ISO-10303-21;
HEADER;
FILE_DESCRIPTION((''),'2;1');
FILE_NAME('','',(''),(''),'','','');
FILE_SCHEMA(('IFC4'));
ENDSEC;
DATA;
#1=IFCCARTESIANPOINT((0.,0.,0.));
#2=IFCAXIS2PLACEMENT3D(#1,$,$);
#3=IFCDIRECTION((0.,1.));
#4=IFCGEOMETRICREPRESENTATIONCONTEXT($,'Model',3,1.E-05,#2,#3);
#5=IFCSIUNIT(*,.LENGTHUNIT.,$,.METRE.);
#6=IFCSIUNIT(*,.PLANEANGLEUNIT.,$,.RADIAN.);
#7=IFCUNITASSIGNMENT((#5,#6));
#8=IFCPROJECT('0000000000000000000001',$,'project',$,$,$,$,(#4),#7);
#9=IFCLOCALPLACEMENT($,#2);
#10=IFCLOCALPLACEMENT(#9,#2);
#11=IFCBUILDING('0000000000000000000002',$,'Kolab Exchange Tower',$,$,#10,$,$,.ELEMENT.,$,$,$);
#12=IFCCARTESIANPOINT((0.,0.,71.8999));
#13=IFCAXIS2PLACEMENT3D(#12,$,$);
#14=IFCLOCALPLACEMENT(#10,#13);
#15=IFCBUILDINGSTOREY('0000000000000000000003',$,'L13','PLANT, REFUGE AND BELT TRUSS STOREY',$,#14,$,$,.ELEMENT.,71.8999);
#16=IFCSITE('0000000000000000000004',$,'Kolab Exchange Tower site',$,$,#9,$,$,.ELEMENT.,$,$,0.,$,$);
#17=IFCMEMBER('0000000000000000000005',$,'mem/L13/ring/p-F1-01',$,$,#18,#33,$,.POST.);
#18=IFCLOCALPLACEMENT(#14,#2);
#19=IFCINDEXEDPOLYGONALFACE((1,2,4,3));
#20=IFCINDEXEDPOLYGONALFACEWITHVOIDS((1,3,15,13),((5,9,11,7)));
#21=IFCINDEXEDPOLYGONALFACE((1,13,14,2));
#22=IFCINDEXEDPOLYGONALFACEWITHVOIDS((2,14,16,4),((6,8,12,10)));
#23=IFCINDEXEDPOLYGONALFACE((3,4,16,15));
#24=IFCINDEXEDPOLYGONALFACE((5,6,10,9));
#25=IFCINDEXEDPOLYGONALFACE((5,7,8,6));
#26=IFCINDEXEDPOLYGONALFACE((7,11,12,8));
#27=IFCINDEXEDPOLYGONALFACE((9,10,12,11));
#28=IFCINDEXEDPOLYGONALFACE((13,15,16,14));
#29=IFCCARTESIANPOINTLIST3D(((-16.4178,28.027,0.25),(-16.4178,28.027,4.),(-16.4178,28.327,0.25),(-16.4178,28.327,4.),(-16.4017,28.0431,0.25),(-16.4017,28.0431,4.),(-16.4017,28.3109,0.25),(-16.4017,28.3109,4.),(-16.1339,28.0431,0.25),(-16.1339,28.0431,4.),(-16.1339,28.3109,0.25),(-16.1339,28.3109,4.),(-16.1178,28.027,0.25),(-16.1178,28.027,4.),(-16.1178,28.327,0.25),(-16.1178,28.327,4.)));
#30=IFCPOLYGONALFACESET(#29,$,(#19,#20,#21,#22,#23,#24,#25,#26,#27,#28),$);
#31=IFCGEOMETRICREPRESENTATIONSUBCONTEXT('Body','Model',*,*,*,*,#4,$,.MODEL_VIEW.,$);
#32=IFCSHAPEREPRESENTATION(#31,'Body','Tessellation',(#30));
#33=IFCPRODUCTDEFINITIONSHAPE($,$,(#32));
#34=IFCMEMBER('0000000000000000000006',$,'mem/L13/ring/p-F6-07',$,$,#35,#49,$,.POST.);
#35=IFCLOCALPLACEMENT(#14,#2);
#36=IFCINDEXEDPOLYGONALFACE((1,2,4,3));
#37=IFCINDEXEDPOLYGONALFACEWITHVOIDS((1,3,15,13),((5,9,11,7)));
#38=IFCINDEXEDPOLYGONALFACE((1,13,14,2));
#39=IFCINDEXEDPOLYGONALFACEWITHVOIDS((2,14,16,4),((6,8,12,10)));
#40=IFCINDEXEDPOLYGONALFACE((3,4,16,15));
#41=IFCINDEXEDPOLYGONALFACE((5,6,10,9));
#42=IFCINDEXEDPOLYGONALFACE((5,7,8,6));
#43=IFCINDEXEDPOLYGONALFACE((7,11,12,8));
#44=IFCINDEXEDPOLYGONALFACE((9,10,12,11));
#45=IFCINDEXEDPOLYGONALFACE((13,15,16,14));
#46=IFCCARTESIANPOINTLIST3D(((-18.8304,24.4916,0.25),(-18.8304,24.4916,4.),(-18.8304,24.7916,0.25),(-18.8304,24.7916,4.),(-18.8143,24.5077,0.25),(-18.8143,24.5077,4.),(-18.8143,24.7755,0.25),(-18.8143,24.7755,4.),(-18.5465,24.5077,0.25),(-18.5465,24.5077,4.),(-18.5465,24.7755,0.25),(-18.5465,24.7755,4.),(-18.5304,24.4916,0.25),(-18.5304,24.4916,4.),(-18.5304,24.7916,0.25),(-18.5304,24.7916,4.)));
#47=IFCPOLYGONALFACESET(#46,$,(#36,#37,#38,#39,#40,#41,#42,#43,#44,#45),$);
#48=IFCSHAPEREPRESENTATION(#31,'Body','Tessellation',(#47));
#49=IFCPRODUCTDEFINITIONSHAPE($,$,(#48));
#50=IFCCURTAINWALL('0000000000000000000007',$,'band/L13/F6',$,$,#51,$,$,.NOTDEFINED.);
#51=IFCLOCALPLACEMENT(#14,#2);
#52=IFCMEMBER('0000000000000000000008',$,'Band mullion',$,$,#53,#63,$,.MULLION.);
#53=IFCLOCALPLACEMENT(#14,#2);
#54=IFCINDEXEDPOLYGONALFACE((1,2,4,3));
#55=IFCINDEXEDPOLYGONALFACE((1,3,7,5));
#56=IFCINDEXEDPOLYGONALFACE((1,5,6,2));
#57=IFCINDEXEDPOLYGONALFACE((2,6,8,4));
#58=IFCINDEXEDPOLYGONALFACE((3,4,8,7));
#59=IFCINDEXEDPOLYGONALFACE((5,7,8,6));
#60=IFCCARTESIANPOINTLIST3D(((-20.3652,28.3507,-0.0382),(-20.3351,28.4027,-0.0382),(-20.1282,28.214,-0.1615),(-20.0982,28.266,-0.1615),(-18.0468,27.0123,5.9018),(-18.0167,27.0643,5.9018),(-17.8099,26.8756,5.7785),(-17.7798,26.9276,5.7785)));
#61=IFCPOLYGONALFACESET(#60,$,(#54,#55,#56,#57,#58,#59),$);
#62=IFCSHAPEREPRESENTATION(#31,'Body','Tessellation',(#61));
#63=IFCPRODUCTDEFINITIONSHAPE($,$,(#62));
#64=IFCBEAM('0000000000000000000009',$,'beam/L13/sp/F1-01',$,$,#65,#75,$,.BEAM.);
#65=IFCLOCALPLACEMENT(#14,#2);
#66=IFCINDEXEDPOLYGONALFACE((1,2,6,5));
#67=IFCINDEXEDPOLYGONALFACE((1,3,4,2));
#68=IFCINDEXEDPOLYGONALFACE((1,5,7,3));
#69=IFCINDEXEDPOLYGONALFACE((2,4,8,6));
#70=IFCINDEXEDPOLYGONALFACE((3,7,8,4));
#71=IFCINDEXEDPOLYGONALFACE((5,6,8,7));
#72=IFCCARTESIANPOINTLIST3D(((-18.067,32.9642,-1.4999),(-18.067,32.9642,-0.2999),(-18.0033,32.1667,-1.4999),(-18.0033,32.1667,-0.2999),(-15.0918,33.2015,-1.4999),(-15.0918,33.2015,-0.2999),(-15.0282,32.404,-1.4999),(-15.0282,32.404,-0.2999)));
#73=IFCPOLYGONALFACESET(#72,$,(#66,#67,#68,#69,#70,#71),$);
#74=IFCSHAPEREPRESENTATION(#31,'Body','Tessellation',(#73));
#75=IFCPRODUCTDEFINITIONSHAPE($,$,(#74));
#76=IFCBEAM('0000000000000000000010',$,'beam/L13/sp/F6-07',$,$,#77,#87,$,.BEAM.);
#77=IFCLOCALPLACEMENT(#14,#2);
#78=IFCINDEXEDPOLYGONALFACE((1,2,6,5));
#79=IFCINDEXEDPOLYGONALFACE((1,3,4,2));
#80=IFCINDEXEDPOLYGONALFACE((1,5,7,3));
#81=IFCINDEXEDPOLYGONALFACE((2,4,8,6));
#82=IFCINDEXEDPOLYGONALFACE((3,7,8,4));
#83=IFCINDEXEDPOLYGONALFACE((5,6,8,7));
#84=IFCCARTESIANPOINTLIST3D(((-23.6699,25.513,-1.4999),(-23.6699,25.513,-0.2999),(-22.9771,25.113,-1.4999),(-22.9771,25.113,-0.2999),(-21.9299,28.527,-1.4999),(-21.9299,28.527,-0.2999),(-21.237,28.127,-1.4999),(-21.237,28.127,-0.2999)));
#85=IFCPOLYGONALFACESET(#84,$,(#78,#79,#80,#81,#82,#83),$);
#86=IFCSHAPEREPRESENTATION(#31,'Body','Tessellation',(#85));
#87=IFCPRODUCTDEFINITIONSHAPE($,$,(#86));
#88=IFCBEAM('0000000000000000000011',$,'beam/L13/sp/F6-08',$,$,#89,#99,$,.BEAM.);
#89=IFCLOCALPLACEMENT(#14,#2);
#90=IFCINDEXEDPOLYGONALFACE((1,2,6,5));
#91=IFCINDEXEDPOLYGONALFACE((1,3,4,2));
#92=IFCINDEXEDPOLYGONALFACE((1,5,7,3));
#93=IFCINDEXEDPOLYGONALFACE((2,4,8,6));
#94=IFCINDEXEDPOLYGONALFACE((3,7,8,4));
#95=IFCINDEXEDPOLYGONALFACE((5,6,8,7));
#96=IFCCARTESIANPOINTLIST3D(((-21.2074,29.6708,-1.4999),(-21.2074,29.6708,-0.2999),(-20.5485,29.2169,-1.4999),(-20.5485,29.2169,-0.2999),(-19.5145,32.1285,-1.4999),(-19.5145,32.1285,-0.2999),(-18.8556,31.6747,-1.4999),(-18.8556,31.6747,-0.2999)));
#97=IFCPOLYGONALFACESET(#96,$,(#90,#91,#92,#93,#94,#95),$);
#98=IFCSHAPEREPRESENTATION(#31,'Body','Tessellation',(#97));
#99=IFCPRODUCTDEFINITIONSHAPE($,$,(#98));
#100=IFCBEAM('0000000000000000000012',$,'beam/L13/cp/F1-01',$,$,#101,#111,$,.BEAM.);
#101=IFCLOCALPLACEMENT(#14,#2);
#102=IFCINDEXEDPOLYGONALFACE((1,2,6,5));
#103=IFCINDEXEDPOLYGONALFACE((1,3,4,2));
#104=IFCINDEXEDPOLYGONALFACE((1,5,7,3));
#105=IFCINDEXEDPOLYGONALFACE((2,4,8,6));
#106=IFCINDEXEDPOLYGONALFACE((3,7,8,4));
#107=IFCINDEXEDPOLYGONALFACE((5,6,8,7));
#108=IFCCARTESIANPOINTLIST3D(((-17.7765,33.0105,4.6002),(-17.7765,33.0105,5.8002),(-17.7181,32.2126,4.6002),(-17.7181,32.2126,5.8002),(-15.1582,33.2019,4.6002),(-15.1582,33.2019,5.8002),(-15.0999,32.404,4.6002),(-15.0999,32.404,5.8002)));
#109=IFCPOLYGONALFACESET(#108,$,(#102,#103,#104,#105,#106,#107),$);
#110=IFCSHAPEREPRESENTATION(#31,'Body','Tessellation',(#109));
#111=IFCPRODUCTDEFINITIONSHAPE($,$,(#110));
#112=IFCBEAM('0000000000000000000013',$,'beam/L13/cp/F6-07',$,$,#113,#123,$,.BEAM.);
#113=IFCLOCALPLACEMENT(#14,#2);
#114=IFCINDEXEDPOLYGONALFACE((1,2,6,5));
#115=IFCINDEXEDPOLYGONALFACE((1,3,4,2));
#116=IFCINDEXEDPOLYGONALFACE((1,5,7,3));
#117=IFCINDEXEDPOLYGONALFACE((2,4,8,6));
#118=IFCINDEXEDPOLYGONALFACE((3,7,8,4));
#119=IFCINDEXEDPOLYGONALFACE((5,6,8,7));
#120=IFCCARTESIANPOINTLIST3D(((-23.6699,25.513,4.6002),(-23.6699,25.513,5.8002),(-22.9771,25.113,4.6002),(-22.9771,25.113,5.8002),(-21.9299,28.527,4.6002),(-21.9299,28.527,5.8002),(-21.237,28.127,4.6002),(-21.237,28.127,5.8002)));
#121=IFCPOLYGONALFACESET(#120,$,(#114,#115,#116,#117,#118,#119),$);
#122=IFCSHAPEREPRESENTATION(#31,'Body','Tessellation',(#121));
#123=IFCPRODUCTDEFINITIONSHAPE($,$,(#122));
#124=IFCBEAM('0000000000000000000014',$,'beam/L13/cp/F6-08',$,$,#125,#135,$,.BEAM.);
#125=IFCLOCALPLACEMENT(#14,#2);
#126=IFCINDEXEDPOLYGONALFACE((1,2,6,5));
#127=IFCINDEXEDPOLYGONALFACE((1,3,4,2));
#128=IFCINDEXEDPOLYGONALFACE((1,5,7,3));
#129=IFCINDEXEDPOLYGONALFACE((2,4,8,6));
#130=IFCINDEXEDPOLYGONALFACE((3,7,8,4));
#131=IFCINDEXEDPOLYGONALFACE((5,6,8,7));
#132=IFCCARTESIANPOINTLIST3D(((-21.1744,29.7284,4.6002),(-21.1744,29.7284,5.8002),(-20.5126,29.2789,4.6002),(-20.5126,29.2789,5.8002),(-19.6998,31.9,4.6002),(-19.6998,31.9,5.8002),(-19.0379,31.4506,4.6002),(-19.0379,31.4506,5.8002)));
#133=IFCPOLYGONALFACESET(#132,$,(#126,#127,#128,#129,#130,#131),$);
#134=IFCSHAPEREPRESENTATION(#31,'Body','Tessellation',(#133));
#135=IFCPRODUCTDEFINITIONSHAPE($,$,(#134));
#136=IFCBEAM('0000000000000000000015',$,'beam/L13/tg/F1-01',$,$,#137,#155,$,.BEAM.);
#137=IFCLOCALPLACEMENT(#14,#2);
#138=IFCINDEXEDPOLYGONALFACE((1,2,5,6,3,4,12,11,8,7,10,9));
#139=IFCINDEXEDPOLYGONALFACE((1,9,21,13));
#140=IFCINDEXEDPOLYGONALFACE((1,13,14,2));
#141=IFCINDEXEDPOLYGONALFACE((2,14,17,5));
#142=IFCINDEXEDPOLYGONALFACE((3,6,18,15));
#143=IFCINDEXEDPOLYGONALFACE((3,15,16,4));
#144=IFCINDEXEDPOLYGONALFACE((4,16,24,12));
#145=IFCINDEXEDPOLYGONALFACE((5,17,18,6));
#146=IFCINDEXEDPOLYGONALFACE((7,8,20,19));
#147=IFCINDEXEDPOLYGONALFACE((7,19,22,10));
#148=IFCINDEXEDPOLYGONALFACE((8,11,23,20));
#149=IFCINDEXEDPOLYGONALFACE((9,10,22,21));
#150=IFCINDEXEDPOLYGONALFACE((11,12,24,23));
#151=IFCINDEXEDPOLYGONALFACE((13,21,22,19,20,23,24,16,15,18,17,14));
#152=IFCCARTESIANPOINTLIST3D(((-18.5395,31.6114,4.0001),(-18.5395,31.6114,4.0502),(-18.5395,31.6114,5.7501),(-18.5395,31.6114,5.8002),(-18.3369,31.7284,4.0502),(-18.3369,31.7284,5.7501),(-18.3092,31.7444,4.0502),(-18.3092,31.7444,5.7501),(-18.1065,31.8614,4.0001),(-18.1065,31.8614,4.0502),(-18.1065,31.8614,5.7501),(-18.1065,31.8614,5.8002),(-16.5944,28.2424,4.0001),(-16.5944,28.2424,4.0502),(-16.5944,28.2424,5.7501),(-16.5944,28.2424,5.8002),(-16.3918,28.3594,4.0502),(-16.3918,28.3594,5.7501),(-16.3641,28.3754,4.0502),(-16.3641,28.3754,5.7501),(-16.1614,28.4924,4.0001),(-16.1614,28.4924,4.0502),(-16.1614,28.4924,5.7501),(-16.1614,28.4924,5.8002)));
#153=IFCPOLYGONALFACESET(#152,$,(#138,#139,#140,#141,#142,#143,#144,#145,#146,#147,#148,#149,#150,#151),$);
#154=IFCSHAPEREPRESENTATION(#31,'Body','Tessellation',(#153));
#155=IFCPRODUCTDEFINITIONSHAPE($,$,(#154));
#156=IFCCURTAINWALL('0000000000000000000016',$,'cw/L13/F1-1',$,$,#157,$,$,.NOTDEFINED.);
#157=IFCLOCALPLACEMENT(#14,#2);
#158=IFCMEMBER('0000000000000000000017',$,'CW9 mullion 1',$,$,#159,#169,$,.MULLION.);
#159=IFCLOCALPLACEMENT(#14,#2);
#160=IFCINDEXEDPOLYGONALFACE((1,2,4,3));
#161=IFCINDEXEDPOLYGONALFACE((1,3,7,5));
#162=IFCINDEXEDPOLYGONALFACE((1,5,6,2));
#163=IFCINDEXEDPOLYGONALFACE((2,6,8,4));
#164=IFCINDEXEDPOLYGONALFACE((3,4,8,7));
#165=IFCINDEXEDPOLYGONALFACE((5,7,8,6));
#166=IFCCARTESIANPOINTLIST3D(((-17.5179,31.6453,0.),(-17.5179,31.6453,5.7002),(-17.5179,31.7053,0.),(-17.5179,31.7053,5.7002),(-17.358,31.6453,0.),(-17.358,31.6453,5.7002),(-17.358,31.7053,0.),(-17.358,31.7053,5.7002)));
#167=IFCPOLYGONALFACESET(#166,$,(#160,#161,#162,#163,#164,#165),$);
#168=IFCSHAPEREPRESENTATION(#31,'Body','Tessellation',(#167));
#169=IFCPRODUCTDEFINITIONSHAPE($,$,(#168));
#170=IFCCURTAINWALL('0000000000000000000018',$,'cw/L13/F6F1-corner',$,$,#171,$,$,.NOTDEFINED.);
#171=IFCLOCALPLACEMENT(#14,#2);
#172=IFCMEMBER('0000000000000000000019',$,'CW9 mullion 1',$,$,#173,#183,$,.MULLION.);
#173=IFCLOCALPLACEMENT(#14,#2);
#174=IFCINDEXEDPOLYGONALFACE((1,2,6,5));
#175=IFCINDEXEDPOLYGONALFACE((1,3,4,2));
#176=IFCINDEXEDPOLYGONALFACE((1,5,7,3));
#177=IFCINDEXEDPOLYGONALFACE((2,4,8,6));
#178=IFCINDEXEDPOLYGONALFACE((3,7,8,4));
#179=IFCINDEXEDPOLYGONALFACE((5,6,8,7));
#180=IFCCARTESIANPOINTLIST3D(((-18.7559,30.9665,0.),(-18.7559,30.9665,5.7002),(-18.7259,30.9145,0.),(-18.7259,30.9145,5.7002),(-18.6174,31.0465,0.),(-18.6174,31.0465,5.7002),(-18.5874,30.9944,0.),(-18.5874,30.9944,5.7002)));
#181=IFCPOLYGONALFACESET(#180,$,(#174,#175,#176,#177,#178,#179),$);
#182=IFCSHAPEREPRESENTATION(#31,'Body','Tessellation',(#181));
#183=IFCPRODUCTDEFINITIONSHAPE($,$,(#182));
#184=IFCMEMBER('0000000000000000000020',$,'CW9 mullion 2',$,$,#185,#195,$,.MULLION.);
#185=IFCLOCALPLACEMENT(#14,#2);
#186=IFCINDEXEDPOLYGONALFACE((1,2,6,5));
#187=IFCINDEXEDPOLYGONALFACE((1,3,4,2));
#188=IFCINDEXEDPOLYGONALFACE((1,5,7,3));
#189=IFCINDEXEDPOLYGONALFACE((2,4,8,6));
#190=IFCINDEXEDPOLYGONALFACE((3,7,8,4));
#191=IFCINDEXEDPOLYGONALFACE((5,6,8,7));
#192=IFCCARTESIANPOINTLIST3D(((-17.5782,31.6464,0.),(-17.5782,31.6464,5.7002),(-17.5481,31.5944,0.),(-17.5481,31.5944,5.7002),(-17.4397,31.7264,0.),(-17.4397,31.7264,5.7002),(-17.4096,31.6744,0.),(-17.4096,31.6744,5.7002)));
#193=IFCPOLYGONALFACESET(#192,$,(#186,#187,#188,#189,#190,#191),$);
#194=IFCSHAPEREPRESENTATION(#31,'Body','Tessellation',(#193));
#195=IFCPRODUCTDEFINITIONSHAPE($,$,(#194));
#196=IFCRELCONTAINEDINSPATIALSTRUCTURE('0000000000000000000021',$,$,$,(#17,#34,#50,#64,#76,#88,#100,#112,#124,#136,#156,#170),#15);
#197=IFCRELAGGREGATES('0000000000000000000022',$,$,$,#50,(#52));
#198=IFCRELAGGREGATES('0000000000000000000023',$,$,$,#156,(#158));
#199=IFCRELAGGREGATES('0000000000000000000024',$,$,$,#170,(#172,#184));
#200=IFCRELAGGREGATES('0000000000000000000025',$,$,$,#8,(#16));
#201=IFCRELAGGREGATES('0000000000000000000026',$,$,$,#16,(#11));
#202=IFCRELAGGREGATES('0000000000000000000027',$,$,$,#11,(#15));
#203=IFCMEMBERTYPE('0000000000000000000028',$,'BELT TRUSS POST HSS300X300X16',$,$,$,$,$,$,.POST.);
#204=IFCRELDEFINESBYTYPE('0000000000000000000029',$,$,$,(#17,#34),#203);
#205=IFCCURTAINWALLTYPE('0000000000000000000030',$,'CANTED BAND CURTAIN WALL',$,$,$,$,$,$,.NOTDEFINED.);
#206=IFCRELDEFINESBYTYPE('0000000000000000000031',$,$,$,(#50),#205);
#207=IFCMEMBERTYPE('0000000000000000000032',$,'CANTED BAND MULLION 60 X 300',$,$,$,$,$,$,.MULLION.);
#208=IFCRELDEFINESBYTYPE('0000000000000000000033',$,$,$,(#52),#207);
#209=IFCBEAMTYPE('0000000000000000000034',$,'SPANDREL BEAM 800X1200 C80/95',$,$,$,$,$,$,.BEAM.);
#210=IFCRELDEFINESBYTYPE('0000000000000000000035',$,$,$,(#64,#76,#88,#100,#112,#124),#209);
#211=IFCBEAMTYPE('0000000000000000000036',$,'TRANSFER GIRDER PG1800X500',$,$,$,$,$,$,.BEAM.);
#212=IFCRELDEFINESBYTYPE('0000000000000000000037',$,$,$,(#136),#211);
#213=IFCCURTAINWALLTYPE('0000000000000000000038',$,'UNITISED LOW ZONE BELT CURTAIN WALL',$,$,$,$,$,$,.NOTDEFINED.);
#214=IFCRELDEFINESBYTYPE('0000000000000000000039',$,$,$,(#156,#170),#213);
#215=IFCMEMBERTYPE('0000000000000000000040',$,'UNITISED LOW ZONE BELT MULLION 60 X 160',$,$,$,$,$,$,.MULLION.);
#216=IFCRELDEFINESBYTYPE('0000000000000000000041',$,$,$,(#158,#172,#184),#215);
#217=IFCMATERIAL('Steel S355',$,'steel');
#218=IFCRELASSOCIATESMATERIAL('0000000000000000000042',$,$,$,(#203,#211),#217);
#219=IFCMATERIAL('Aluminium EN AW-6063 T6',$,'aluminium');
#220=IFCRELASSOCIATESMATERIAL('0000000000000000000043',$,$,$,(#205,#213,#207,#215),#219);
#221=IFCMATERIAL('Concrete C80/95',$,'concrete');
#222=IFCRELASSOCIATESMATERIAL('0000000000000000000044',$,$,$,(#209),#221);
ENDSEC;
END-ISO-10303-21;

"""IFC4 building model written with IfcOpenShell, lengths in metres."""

from ifc_helpers import new_model, si_unit, direction, frame, origin, origin_2d, place, context, subcontext, project, spatial, rectangle, hollow_rectangle, i_section, extrude, material, material_profile, profile_set, type_object, element, aggregate, save


model = new_model("IFC4")

# Units and contexts
model_context = context("Model", 3, precision=1e-05, world=origin(), true_north=direction((0.0, 1.0)))
body_context = subcontext(model_context, "Body", "Model", "MODEL_VIEW")
ifc_project = project(units=[si_unit("LENGTHUNIT", "METRE"), si_unit("PLANEANGLEUNIT", "RADIAN")], contexts=[model_context])

# Site, building, storey
site_placement = place(None, origin())
site = spatial("IfcSite", under=ifc_project, at=site_placement, Name="Kolab Exchange Tower site", CompositionType="ELEMENT", RefElevation=0.0)
building_placement = place(site_placement, origin())
building = spatial("IfcBuilding", under=site, at=building_placement, Name="Kolab Exchange Tower", CompositionType="ELEMENT")
storey_placement = place(building_placement, frame((0.0, 0.0, 71.8999)))
storey = spatial("IfcBuildingStorey", under=building, at=storey_placement, Name="L13", Description="PLANT, REFUGE AND BELT TRUSS STOREY", CompositionType="ELEMENT", Elevation=71.8999)

# Shared definitions
ifc_material_1 = material(Name="Concrete C80/95", Category="concrete")

# Shared definitions
ifc_material_2 = material(Name="Steel S355", Category="steel")

# Members
ifc_material_profile_1 = material_profile(ifc_material_2, hollow_rectangle(XDim=0.3, YDim=0.3, WallThickness=0.0161, at=origin_2d()), Name="HSS300X300X16")
ifc_profile_set_1 = profile_set([ifc_material_profile_1], Name="Steel S355")
member_type_1 = type_object("IfcMemberType", Name="BELT TRUSS POST HSS300X300X16", PredefinedType="POST", material=ifc_profile_set_1)
for number, where, z_axis, x_axis, name in (
    (1, (-16.2678, 28.177, 0.25), (0.0, 0.0, 1.0), (1.0, 0.0, 0.0), "mem/L13/ring/p-F1-01"),
    (2, (-18.6804, 24.6416, 0.25), (0.0, 0.0, 1.0), (1.0, 0.0, 0.0), "mem/L13/ring/p-F6-07"),
):
    element("IfcMember", number, at=place(storey_placement, frame(where, z_axis=z_axis, x_axis=x_axis)), inside=storey, type_object=member_type_1, Name=name, PredefinedType="POST", context=body_context, shape_type="SweptSolid", body=[
        extrude(hollow_rectangle(XDim=0.3, YDim=0.3, WallThickness=0.0161, at=origin_2d()), origin(), (0.0, 0.0, 1.0), 3.75),
    ])

# Curtain wall, member
ifc_material_3 = material(Name="Aluminium EN AW-6063 T6", Category="aluminium")
curtain_wall_type_1 = type_object("IfcCurtainWallType", Name="CANTED BAND CURTAIN WALL", PredefinedType="NOTDEFINED", material=ifc_material_3)
curtain_wall_1_placement = place(storey_placement, origin())
curtain_wall_1 = element("IfcCurtainWall", 3, at=curtain_wall_1_placement, inside=storey, type_object=curtain_wall_type_1, Name="band/L13/F6", PredefinedType="NOTDEFINED")
ifc_material_profile_2 = material_profile(ifc_material_3, rectangle(XDim=0.0601, YDim=0.3, at=origin_2d()), Name="RECT 60X300")
ifc_profile_set_2 = profile_set([ifc_material_profile_2], Name="Aluminium EN AW-6063 T6")
member_type_2 = type_object("IfcMemberType", Name="CANTED BAND MULLION 60 X 300", PredefinedType="MULLION", material=ifc_profile_set_2)
member_1_placement = place(storey_placement, frame((-20.2317, 28.3083, -0.0999), z_axis=(0.355834, -0.205421, 0.911693), x_axis=(0.499965, 0.866046, 0.0)))
member_1 = element("IfcMember", 4, at=member_1_placement, type_object=member_type_2, Name="Band mullion", PredefinedType="MULLION", context=body_context, shape_type="SweptSolid", body=[
    extrude(rectangle(XDim=0.0601, YDim=0.3, at=origin_2d()), origin(), (0.0, 0.0, 1.0), 6.5154),
])
aggregate(curtain_wall_1, [member_1])

# Beams
ifc_material_profile_3 = material_profile(ifc_material_1, rectangle(XDim=0.8, YDim=1.2, at=origin_2d()), Name="RC800X1200")
ifc_profile_set_3 = profile_set([ifc_material_profile_3], Name="Concrete C80/95")
beam_type_1 = type_object("IfcBeamType", Name="SPANDREL BEAM 800X1200 C80/95", PredefinedType="BEAM", material=ifc_profile_set_3)
beam_1_placement = place(storey_placement, frame((-18.0352, 32.5654, -0.8999), z_axis=(0.996834, 0.079511, 0.0), x_axis=(-0.079511, 0.996834, 0.0)))
element("IfcBeam", 5, at=beam_1_placement, inside=storey, type_object=beam_type_1, Name="beam/L13/sp/F1-01", PredefinedType="BEAM", context=body_context, shape_type="SweptSolid", body=[
    extrude(rectangle(XDim=0.8, YDim=1.2, at=origin_2d()), origin(), (0.0, 0.0, 1.0), 2.9846),
])
beam_2_placement = place(storey_placement, frame((-23.3235, 25.313, -0.8999), z_axis=(0.49998, 0.866037, 0.0), x_axis=(-0.866037, 0.49998, 0.0)))
element("IfcBeam", 6, at=beam_2_placement, inside=storey, type_object=beam_type_1, Name="beam/L13/sp/F6-07", PredefinedType="BEAM", context=body_context, shape_type="SweptSolid", body=[
    extrude(rectangle(XDim=0.8, YDim=1.2, at=origin_2d()), origin(), (0.0, 0.0, 1.0), 3.4802),
])
beam_3_placement = place(storey_placement, frame((-20.8779, 29.4438, -0.8999), z_axis=(0.567247, 0.823548, 0.0), x_axis=(-0.823548, 0.567247, 0.0)))
element("IfcBeam", 7, at=beam_3_placement, inside=storey, type_object=beam_type_1, Name="beam/L13/sp/F6-08", PredefinedType="BEAM", context=body_context, shape_type="SweptSolid", body=[
    extrude(rectangle(XDim=0.8, YDim=1.2, at=origin_2d()), origin(), (0.0, 0.0, 1.0), 2.9844),
])
beam_4_placement = place(storey_placement, frame((-17.7473, 32.6116, 5.2002), z_axis=(0.997338, 0.072912, 0.0), x_axis=(-0.072912, 0.997338, 0.0)))
element("IfcBeam", 8, at=beam_4_placement, inside=storey, type_object=beam_type_1, Name="beam/L13/cp/F1-01", PredefinedType="BEAM", context=body_context, shape_type="SweptSolid", body=[
    extrude(rectangle(XDim=0.8, YDim=1.2, at=origin_2d()), origin(), (0.0, 0.0, 1.0), 2.6252),
])
beam_5_placement = place(storey_placement, frame((-23.3235, 25.313, 5.2002), z_axis=(0.49998, 0.866037, 0.0), x_axis=(-0.866037, 0.49998, 0.0)))
element("IfcBeam", 9, at=beam_5_placement, inside=storey, type_object=beam_type_1, Name="beam/L13/cp/F6-07", PredefinedType="BEAM", context=body_context, shape_type="SweptSolid", body=[
    extrude(rectangle(XDim=0.8, YDim=1.2, at=origin_2d()), origin(), (0.0, 0.0, 1.0), 3.4802),
])
beam_6_placement = place(storey_placement, frame((-20.8435, 29.5037, 5.2002), z_axis=(0.561763, 0.827298, 0.0), x_axis=(-0.827298, 0.561763, 0.0)))
element("IfcBeam", 10, at=beam_6_placement, inside=storey, type_object=beam_type_1, Name="beam/L13/cp/F6-08", PredefinedType="BEAM", context=body_context, shape_type="SweptSolid", body=[
    extrude(rectangle(XDim=0.8, YDim=1.2, at=origin_2d()), origin(), (0.0, 0.0, 1.0), 2.625),
])
ifc_material_profile_4 = material_profile(ifc_material_2, i_section(OverallWidth=0.5, OverallDepth=1.8, WebThickness=0.032, FlangeThickness=0.05, at=origin_2d()), Name="PG1800X500")
ifc_profile_set_4 = profile_set([ifc_material_profile_4], Name="Steel S355")
beam_type_2 = type_object("IfcBeamType", Name="TRANSFER GIRDER PG1800X500", PredefinedType="BEAM", material=ifc_profile_set_4)
beam_7_placement = place(storey_placement, frame((-16.3779, 28.3674, 4.9001), z_axis=(-0.500007, 0.866022, 0.0), x_axis=(-0.866022, -0.500007, 0.0)))
element("IfcBeam", 11, at=beam_7_placement, inside=storey, type_object=beam_type_2, Name="beam/L13/tg/F1-01", PredefinedType="BEAM", context=body_context, shape_type="SweptSolid", body=[
    extrude(i_section(OverallWidth=0.5, OverallDepth=1.8, WebThickness=0.032, FlangeThickness=0.05, at=origin_2d()), origin(), (0.0, 0.0, 1.0), 3.8901),
])

# Curtain wall, member
curtain_wall_type_2 = type_object("IfcCurtainWallType", Name="UNITISED LOW ZONE BELT CURTAIN WALL", PredefinedType="NOTDEFINED", material=ifc_material_3)
curtain_wall_2_placement = place(storey_placement, origin())
curtain_wall_2 = element("IfcCurtainWall", 12, at=curtain_wall_2_placement, inside=storey, type_object=curtain_wall_type_2, Name="cw/L13/F1-1", PredefinedType="NOTDEFINED")
ifc_material_profile_5 = material_profile(ifc_material_3, rectangle(XDim=0.0601, YDim=0.1599, at=origin_2d()), Name="RECT 60X160")
ifc_profile_set_5 = profile_set([ifc_material_profile_5], Name="Aluminium EN AW-6063 T6")
member_type_3 = type_object("IfcMemberType", Name="UNITISED LOW ZONE BELT MULLION 60 X 160", PredefinedType="MULLION", material=ifc_profile_set_5)
member_2_placement = place(storey_placement, frame((-17.438, 31.6753, 0.0), z_axis=(0.0, 0.0, 1.0), x_axis=(0.0, 1.0, 0.0)))
member_2 = element("IfcMember", 13, at=member_2_placement, type_object=member_type_3, Name="CW9 mullion 1", PredefinedType="MULLION", context=body_context, shape_type="SweptSolid", body=[
    extrude(rectangle(XDim=0.0601, YDim=0.1599, at=origin_2d()), origin(), (0.0, 0.0, 1.0), 5.7002),
])

# Curtain wall, members
curtain_wall_3_placement = place(storey_placement, origin())
curtain_wall_3 = element("IfcCurtainWall", 14, at=curtain_wall_3_placement, inside=storey, type_object=curtain_wall_type_2, Name="cw/L13/F6F1-corner", PredefinedType="NOTDEFINED")
member_3_placement = place(storey_placement, frame((-18.6716, 30.9805, 0.0), z_axis=(0.0, 0.0, 1.0), x_axis=(-0.5, 0.866025, 0.0)))
member_3 = element("IfcMember", 15, at=member_3_placement, type_object=member_type_3, Name="CW9 mullion 1", PredefinedType="MULLION", context=body_context, shape_type="SweptSolid", body=[
    extrude(rectangle(XDim=0.0601, YDim=0.1599, at=origin_2d()), origin(), (0.0, 0.0, 1.0), 5.7002),
])
member_4_placement = place(storey_placement, frame((-17.4939, 31.6604, 0.0), z_axis=(0.0, 0.0, 1.0), x_axis=(-0.5, 0.866025, 0.0)))
member_4 = element("IfcMember", 16, at=member_4_placement, type_object=member_type_3, Name="CW9 mullion 2", PredefinedType="MULLION", context=body_context, shape_type="SweptSolid", body=[
    extrude(rectangle(XDim=0.0601, YDim=0.1599, at=origin_2d()), origin(), (0.0, 0.0, 1.0), 5.7002),
])

aggregate(curtain_wall_2, [member_2])
aggregate(curtain_wall_3, [member_3, member_4])

save(model, "model.ifc")
